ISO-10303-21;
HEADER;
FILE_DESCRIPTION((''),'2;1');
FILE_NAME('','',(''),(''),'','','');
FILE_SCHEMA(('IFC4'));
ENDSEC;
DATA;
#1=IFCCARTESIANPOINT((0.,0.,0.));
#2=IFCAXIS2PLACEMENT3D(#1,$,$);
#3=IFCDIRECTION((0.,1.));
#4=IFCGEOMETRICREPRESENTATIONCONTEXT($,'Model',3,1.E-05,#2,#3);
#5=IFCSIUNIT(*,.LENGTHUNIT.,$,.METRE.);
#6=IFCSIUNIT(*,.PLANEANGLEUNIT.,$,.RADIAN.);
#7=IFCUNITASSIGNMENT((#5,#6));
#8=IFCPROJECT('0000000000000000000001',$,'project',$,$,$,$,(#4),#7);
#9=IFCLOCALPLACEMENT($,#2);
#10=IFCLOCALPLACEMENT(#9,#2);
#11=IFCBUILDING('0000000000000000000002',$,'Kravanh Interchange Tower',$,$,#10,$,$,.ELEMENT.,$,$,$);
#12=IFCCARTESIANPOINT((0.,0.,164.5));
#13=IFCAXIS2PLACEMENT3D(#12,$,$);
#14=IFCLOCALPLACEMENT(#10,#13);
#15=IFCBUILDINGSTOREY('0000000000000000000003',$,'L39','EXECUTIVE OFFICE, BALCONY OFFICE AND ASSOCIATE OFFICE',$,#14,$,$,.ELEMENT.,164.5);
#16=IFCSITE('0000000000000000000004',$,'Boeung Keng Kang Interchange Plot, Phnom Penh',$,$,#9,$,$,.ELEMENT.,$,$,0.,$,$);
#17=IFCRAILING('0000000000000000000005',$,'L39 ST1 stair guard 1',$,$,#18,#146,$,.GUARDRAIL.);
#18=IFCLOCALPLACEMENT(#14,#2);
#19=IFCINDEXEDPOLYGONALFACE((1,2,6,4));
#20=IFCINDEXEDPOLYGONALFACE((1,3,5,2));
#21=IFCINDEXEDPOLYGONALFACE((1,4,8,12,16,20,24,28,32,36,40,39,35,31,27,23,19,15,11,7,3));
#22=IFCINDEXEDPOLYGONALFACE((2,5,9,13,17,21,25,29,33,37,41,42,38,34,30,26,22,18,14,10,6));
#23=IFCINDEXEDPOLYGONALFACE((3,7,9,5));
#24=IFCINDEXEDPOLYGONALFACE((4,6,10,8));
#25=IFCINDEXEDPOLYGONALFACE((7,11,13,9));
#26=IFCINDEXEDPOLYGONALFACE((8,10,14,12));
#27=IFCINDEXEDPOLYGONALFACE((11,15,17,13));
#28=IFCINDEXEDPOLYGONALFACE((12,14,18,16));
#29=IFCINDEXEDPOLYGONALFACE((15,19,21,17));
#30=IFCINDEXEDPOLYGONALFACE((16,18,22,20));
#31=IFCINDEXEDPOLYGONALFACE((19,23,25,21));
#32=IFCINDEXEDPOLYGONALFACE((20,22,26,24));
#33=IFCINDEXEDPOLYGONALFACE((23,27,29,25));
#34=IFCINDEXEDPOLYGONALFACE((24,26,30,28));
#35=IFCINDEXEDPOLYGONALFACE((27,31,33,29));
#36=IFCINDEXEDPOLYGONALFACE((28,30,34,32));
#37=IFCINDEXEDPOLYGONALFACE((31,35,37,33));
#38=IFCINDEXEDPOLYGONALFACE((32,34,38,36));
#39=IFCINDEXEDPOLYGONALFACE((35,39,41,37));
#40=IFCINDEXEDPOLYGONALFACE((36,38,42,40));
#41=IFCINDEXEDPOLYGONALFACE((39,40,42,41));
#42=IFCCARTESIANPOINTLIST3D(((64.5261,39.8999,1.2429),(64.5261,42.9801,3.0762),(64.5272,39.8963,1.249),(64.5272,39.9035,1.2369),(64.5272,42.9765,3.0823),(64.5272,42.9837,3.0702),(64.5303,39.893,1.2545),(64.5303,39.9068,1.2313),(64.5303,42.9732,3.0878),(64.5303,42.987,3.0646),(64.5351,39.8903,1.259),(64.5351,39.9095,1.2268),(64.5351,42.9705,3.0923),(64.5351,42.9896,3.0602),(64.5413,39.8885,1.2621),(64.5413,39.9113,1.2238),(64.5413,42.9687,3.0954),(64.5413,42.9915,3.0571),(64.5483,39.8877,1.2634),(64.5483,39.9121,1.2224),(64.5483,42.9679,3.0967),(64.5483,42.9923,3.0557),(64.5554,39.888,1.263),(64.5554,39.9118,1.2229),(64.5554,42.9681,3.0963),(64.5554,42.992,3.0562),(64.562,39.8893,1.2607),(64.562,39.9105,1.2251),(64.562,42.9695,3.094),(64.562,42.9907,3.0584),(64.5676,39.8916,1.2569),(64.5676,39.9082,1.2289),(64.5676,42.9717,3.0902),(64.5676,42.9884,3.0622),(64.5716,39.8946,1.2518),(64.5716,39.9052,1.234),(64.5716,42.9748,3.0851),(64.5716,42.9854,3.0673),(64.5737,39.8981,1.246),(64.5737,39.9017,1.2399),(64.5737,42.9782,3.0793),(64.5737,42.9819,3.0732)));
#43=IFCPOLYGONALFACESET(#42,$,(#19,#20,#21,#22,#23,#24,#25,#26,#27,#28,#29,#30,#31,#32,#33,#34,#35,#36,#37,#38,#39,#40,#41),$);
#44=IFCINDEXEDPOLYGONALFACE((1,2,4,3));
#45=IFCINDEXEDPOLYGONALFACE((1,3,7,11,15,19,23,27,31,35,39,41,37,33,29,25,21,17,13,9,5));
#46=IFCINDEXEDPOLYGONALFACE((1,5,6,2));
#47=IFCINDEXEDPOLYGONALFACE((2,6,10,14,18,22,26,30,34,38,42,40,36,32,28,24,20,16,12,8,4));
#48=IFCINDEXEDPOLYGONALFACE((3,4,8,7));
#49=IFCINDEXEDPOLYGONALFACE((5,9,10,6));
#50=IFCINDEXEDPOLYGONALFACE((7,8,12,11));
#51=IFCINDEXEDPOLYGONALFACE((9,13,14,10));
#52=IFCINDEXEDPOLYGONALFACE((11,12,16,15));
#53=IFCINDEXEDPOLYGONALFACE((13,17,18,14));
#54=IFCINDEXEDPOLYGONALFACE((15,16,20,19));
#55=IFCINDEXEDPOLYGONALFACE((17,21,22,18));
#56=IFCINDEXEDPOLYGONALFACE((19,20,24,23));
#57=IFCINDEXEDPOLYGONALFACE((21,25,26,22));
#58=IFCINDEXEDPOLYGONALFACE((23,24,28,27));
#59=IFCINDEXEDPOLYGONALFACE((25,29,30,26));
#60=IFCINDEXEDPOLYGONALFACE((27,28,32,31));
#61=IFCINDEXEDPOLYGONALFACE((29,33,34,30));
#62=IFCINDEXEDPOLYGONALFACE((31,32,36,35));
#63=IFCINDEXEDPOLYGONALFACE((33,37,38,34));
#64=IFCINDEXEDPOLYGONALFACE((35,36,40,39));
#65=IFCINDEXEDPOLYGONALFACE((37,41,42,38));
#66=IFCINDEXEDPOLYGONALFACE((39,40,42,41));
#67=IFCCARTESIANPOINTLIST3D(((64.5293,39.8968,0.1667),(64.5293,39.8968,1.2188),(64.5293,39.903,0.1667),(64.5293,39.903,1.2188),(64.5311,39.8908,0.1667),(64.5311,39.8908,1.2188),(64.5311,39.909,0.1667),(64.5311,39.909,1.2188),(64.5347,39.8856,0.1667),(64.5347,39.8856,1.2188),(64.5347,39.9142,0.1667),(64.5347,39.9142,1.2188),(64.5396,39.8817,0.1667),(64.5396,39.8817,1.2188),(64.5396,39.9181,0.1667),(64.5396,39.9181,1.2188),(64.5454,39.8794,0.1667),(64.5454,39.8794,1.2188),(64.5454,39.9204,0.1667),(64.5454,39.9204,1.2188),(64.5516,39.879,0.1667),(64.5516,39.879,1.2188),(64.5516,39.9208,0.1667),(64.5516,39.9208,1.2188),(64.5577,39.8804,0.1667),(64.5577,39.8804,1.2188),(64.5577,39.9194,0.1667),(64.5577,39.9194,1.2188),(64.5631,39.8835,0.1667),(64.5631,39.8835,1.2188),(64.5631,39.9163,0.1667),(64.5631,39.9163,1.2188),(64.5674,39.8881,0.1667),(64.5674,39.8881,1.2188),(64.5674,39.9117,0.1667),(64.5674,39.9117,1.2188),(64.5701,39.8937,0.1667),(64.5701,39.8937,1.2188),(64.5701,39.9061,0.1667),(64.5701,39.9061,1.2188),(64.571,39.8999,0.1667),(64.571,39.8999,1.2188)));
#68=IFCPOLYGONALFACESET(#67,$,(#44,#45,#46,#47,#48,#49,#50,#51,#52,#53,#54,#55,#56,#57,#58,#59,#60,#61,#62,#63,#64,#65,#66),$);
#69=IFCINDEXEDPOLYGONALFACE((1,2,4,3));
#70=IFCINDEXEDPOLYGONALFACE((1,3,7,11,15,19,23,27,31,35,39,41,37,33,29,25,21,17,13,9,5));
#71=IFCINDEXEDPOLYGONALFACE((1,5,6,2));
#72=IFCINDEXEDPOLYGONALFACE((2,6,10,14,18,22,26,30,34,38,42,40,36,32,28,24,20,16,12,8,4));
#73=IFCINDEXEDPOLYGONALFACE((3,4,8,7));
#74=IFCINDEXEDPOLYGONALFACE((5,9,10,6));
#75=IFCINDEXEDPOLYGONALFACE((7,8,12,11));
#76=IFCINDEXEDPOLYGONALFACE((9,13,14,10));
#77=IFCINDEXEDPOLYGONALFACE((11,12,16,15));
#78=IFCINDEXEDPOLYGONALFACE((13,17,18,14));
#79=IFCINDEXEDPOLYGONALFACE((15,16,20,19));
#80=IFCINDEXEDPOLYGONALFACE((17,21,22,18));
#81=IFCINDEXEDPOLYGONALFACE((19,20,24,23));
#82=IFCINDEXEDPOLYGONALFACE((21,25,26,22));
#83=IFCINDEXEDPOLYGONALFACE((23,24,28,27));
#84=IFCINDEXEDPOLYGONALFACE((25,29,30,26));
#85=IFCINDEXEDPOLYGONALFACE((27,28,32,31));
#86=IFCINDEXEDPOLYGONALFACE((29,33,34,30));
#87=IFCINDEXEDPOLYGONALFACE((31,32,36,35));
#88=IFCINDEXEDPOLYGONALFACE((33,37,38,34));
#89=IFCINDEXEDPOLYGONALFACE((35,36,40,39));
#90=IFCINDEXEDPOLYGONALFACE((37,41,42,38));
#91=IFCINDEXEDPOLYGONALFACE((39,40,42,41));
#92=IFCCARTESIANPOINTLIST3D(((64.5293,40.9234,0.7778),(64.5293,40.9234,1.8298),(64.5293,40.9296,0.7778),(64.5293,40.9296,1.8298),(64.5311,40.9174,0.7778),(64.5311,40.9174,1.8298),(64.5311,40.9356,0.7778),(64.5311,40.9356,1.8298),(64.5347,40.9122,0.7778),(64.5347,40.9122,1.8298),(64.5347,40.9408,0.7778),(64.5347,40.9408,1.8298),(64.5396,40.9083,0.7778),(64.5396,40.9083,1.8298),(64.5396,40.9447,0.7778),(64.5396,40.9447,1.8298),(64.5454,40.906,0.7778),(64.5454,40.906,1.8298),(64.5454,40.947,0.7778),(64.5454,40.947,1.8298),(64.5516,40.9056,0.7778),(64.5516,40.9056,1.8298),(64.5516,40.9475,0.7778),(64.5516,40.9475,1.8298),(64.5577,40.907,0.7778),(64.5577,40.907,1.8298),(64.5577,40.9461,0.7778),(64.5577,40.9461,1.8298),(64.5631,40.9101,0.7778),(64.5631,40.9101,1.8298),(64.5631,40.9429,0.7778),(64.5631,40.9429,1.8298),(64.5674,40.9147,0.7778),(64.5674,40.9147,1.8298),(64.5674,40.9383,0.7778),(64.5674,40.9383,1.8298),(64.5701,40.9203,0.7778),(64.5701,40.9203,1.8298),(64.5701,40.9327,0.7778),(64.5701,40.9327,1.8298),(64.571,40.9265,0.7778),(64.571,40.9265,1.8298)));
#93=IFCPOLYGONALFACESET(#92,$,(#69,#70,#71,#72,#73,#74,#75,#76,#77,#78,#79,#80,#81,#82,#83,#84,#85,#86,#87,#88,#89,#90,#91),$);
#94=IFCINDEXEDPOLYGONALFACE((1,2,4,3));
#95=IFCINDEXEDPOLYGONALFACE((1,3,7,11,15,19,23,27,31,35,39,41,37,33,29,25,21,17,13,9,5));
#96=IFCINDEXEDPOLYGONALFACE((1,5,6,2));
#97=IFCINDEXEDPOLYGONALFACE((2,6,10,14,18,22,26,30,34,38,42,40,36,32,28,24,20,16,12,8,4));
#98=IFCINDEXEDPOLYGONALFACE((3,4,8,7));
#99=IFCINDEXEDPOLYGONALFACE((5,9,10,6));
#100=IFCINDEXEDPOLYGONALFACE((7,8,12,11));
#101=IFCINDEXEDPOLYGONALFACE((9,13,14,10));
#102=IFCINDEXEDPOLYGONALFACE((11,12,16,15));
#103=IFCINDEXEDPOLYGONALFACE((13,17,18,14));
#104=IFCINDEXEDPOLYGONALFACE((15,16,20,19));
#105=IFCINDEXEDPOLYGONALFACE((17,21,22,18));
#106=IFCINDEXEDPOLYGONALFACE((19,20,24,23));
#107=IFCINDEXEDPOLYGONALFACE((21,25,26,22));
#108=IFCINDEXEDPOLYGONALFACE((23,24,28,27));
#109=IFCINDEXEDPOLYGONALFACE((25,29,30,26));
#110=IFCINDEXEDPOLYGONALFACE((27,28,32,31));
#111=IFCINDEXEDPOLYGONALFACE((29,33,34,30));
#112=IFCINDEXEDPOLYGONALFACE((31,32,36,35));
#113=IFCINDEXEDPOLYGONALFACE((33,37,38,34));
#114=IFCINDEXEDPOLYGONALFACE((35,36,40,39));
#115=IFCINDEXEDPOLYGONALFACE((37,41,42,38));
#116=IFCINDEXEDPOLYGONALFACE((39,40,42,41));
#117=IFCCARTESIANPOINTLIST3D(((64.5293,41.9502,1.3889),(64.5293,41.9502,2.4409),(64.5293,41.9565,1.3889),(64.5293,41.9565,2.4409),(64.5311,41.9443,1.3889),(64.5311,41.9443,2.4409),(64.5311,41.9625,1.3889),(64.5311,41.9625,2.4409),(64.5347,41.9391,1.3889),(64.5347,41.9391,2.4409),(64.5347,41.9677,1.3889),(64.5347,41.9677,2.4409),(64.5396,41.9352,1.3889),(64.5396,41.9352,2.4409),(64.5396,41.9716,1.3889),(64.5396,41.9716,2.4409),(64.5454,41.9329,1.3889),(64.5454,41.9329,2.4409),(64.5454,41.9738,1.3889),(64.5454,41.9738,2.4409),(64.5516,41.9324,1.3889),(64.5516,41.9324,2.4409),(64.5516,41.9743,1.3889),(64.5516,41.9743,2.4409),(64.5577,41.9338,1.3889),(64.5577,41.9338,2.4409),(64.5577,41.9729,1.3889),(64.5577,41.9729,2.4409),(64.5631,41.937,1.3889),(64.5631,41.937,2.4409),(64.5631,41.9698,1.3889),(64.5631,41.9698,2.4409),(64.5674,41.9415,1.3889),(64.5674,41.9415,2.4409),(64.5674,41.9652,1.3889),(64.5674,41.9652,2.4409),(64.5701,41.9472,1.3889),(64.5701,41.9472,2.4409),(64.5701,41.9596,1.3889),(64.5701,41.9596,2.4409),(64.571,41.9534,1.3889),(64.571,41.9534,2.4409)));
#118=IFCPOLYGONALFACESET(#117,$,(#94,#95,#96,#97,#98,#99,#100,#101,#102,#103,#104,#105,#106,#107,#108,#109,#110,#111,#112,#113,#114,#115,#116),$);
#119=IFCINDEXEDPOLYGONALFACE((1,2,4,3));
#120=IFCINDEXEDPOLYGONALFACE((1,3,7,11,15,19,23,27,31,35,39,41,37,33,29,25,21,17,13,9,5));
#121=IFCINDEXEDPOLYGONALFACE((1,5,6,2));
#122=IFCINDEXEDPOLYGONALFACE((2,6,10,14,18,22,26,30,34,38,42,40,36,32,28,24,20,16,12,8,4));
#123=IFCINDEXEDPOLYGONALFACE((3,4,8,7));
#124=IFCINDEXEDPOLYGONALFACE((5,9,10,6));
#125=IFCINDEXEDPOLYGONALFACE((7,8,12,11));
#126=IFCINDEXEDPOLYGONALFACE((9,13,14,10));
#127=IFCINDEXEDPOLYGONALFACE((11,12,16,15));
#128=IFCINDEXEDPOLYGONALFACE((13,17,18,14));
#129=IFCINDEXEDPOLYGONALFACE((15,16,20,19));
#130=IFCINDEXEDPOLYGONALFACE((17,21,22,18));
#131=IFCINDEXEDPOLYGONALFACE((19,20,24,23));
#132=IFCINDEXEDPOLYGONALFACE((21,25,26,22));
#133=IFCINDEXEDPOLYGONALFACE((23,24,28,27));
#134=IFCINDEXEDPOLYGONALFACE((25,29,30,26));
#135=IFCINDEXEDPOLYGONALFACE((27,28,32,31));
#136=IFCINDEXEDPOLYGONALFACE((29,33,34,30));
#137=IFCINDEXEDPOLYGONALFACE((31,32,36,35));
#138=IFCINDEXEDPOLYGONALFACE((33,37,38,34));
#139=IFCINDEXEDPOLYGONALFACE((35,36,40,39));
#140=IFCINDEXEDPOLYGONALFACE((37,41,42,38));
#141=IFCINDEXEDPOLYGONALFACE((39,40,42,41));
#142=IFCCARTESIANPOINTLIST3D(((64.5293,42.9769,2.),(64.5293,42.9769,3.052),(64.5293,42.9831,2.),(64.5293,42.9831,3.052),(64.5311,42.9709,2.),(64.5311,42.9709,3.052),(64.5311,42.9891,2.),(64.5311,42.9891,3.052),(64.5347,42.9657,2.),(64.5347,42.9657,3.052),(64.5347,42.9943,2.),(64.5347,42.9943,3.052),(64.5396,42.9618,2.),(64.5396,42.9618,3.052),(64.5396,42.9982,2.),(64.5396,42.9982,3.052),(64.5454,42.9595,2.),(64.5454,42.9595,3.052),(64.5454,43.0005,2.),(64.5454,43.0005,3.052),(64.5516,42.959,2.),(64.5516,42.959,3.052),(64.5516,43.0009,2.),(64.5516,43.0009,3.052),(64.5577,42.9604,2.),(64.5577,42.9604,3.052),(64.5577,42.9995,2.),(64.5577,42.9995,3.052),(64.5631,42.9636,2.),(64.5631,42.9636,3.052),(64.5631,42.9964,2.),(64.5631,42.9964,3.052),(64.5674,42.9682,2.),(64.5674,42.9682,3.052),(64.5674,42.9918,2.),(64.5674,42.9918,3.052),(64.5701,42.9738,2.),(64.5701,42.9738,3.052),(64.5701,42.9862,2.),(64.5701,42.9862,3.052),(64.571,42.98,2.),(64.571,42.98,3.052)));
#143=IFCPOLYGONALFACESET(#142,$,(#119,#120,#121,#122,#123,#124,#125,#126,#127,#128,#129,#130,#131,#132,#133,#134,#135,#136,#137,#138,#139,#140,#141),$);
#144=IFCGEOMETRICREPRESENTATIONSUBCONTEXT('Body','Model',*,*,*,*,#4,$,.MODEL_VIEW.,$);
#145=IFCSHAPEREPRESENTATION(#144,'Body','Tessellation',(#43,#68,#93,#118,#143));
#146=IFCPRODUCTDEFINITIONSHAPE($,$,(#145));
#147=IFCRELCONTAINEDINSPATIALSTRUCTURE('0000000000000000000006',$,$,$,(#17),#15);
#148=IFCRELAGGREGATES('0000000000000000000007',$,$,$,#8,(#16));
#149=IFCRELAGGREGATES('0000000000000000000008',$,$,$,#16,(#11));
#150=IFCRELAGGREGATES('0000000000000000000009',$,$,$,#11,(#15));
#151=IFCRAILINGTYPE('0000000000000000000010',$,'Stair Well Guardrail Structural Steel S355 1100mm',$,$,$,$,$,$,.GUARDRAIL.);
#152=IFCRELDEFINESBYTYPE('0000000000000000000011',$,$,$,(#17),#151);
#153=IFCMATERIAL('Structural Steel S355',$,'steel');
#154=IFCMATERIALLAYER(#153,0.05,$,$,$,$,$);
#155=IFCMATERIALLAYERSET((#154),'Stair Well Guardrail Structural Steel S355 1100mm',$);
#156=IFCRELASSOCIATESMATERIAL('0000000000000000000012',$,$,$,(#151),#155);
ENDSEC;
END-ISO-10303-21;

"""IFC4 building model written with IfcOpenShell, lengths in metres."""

from ifc_helpers import new_model, si_unit, direction, frame, origin, origin_2d, place, context, subcontext, project, spatial, circle, extrude, material, layer, layer_set, type_object, element, save


model = new_model("IFC4")

# Units and contexts
model_context = context("Model", 3, precision=1e-05, world=origin(), true_north=direction((0.0, 1.0)))
body_context = subcontext(model_context, "Body", "Model", "MODEL_VIEW")
ifc_project = project(units=[si_unit("LENGTHUNIT", "METRE"), si_unit("PLANEANGLEUNIT", "RADIAN")], contexts=[model_context])

# Site, building, storey
site_placement = place(None, origin())
site = spatial("IfcSite", under=ifc_project, at=site_placement, Name="Boeung Keng Kang Interchange Plot, Phnom Penh", CompositionType="ELEMENT", RefElevation=0.0)
building_placement = place(site_placement, origin())
building = spatial("IfcBuilding", under=site, at=building_placement, Name="Kravanh Interchange Tower", CompositionType="ELEMENT")
storey_placement = place(building_placement, frame((0.0, 0.0, 164.5)))
storey = spatial("IfcBuildingStorey", under=building, at=storey_placement, Name="L39", Description="EXECUTIVE OFFICE, BALCONY OFFICE AND ASSOCIATE OFFICE", CompositionType="ELEMENT", Elevation=164.5)

# Railing
ifc_material_1 = material(Name="Structural Steel S355", Category="steel")
ifc_layer_1 = layer(ifc_material_1, 0.05)
ifc_layer_set_1 = layer_set([ifc_layer_1], Name="Stair Well Guardrail Structural Steel S355 1100mm")
railing_type_1 = type_object("IfcRailingType", Name="Stair Well Guardrail Structural Steel S355 1100mm", PredefinedType="GUARDRAIL", material=ifc_layer_set_1)
railing_1_placement = place(storey_placement, frame((64.55, 39.8999, 0.1667)))
element("IfcRailing", 1, at=railing_1_placement, inside=storey, type_object=railing_type_1, Name="L39 ST1 stair guard 1", PredefinedType="GUARDRAIL", context=body_context, shape_type="SweptSolid", body=[
    extrude(circle(Radius=0.0239, at=origin_2d()), frame((0.0, 0.0, 1.0762), z_axis=(0.0, 0.859309, 0.511458), x_axis=(-1.0, 0.0, 0.0)), (0.0, 0.0, 1.0), 3.5845),
    extrude(circle(Radius=0.021, at=origin_2d()), origin(), (0.0, 0.0, 1.0), 1.052),
    extrude(circle(Radius=0.021, at=origin_2d()), frame((0.0, 1.0266, 0.6111)), (0.0, 0.0, 1.0), 1.052),
    extrude(circle(Radius=0.021, at=origin_2d()), frame((0.0, 2.0535, 1.2222)), (0.0, 0.0, 1.0), 1.052),
    extrude(circle(Radius=0.021, at=origin_2d()), frame((0.0, 3.0801, 1.8333)), (0.0, 0.0, 1.0), 1.052),
])

save(model, "model.ifc")
